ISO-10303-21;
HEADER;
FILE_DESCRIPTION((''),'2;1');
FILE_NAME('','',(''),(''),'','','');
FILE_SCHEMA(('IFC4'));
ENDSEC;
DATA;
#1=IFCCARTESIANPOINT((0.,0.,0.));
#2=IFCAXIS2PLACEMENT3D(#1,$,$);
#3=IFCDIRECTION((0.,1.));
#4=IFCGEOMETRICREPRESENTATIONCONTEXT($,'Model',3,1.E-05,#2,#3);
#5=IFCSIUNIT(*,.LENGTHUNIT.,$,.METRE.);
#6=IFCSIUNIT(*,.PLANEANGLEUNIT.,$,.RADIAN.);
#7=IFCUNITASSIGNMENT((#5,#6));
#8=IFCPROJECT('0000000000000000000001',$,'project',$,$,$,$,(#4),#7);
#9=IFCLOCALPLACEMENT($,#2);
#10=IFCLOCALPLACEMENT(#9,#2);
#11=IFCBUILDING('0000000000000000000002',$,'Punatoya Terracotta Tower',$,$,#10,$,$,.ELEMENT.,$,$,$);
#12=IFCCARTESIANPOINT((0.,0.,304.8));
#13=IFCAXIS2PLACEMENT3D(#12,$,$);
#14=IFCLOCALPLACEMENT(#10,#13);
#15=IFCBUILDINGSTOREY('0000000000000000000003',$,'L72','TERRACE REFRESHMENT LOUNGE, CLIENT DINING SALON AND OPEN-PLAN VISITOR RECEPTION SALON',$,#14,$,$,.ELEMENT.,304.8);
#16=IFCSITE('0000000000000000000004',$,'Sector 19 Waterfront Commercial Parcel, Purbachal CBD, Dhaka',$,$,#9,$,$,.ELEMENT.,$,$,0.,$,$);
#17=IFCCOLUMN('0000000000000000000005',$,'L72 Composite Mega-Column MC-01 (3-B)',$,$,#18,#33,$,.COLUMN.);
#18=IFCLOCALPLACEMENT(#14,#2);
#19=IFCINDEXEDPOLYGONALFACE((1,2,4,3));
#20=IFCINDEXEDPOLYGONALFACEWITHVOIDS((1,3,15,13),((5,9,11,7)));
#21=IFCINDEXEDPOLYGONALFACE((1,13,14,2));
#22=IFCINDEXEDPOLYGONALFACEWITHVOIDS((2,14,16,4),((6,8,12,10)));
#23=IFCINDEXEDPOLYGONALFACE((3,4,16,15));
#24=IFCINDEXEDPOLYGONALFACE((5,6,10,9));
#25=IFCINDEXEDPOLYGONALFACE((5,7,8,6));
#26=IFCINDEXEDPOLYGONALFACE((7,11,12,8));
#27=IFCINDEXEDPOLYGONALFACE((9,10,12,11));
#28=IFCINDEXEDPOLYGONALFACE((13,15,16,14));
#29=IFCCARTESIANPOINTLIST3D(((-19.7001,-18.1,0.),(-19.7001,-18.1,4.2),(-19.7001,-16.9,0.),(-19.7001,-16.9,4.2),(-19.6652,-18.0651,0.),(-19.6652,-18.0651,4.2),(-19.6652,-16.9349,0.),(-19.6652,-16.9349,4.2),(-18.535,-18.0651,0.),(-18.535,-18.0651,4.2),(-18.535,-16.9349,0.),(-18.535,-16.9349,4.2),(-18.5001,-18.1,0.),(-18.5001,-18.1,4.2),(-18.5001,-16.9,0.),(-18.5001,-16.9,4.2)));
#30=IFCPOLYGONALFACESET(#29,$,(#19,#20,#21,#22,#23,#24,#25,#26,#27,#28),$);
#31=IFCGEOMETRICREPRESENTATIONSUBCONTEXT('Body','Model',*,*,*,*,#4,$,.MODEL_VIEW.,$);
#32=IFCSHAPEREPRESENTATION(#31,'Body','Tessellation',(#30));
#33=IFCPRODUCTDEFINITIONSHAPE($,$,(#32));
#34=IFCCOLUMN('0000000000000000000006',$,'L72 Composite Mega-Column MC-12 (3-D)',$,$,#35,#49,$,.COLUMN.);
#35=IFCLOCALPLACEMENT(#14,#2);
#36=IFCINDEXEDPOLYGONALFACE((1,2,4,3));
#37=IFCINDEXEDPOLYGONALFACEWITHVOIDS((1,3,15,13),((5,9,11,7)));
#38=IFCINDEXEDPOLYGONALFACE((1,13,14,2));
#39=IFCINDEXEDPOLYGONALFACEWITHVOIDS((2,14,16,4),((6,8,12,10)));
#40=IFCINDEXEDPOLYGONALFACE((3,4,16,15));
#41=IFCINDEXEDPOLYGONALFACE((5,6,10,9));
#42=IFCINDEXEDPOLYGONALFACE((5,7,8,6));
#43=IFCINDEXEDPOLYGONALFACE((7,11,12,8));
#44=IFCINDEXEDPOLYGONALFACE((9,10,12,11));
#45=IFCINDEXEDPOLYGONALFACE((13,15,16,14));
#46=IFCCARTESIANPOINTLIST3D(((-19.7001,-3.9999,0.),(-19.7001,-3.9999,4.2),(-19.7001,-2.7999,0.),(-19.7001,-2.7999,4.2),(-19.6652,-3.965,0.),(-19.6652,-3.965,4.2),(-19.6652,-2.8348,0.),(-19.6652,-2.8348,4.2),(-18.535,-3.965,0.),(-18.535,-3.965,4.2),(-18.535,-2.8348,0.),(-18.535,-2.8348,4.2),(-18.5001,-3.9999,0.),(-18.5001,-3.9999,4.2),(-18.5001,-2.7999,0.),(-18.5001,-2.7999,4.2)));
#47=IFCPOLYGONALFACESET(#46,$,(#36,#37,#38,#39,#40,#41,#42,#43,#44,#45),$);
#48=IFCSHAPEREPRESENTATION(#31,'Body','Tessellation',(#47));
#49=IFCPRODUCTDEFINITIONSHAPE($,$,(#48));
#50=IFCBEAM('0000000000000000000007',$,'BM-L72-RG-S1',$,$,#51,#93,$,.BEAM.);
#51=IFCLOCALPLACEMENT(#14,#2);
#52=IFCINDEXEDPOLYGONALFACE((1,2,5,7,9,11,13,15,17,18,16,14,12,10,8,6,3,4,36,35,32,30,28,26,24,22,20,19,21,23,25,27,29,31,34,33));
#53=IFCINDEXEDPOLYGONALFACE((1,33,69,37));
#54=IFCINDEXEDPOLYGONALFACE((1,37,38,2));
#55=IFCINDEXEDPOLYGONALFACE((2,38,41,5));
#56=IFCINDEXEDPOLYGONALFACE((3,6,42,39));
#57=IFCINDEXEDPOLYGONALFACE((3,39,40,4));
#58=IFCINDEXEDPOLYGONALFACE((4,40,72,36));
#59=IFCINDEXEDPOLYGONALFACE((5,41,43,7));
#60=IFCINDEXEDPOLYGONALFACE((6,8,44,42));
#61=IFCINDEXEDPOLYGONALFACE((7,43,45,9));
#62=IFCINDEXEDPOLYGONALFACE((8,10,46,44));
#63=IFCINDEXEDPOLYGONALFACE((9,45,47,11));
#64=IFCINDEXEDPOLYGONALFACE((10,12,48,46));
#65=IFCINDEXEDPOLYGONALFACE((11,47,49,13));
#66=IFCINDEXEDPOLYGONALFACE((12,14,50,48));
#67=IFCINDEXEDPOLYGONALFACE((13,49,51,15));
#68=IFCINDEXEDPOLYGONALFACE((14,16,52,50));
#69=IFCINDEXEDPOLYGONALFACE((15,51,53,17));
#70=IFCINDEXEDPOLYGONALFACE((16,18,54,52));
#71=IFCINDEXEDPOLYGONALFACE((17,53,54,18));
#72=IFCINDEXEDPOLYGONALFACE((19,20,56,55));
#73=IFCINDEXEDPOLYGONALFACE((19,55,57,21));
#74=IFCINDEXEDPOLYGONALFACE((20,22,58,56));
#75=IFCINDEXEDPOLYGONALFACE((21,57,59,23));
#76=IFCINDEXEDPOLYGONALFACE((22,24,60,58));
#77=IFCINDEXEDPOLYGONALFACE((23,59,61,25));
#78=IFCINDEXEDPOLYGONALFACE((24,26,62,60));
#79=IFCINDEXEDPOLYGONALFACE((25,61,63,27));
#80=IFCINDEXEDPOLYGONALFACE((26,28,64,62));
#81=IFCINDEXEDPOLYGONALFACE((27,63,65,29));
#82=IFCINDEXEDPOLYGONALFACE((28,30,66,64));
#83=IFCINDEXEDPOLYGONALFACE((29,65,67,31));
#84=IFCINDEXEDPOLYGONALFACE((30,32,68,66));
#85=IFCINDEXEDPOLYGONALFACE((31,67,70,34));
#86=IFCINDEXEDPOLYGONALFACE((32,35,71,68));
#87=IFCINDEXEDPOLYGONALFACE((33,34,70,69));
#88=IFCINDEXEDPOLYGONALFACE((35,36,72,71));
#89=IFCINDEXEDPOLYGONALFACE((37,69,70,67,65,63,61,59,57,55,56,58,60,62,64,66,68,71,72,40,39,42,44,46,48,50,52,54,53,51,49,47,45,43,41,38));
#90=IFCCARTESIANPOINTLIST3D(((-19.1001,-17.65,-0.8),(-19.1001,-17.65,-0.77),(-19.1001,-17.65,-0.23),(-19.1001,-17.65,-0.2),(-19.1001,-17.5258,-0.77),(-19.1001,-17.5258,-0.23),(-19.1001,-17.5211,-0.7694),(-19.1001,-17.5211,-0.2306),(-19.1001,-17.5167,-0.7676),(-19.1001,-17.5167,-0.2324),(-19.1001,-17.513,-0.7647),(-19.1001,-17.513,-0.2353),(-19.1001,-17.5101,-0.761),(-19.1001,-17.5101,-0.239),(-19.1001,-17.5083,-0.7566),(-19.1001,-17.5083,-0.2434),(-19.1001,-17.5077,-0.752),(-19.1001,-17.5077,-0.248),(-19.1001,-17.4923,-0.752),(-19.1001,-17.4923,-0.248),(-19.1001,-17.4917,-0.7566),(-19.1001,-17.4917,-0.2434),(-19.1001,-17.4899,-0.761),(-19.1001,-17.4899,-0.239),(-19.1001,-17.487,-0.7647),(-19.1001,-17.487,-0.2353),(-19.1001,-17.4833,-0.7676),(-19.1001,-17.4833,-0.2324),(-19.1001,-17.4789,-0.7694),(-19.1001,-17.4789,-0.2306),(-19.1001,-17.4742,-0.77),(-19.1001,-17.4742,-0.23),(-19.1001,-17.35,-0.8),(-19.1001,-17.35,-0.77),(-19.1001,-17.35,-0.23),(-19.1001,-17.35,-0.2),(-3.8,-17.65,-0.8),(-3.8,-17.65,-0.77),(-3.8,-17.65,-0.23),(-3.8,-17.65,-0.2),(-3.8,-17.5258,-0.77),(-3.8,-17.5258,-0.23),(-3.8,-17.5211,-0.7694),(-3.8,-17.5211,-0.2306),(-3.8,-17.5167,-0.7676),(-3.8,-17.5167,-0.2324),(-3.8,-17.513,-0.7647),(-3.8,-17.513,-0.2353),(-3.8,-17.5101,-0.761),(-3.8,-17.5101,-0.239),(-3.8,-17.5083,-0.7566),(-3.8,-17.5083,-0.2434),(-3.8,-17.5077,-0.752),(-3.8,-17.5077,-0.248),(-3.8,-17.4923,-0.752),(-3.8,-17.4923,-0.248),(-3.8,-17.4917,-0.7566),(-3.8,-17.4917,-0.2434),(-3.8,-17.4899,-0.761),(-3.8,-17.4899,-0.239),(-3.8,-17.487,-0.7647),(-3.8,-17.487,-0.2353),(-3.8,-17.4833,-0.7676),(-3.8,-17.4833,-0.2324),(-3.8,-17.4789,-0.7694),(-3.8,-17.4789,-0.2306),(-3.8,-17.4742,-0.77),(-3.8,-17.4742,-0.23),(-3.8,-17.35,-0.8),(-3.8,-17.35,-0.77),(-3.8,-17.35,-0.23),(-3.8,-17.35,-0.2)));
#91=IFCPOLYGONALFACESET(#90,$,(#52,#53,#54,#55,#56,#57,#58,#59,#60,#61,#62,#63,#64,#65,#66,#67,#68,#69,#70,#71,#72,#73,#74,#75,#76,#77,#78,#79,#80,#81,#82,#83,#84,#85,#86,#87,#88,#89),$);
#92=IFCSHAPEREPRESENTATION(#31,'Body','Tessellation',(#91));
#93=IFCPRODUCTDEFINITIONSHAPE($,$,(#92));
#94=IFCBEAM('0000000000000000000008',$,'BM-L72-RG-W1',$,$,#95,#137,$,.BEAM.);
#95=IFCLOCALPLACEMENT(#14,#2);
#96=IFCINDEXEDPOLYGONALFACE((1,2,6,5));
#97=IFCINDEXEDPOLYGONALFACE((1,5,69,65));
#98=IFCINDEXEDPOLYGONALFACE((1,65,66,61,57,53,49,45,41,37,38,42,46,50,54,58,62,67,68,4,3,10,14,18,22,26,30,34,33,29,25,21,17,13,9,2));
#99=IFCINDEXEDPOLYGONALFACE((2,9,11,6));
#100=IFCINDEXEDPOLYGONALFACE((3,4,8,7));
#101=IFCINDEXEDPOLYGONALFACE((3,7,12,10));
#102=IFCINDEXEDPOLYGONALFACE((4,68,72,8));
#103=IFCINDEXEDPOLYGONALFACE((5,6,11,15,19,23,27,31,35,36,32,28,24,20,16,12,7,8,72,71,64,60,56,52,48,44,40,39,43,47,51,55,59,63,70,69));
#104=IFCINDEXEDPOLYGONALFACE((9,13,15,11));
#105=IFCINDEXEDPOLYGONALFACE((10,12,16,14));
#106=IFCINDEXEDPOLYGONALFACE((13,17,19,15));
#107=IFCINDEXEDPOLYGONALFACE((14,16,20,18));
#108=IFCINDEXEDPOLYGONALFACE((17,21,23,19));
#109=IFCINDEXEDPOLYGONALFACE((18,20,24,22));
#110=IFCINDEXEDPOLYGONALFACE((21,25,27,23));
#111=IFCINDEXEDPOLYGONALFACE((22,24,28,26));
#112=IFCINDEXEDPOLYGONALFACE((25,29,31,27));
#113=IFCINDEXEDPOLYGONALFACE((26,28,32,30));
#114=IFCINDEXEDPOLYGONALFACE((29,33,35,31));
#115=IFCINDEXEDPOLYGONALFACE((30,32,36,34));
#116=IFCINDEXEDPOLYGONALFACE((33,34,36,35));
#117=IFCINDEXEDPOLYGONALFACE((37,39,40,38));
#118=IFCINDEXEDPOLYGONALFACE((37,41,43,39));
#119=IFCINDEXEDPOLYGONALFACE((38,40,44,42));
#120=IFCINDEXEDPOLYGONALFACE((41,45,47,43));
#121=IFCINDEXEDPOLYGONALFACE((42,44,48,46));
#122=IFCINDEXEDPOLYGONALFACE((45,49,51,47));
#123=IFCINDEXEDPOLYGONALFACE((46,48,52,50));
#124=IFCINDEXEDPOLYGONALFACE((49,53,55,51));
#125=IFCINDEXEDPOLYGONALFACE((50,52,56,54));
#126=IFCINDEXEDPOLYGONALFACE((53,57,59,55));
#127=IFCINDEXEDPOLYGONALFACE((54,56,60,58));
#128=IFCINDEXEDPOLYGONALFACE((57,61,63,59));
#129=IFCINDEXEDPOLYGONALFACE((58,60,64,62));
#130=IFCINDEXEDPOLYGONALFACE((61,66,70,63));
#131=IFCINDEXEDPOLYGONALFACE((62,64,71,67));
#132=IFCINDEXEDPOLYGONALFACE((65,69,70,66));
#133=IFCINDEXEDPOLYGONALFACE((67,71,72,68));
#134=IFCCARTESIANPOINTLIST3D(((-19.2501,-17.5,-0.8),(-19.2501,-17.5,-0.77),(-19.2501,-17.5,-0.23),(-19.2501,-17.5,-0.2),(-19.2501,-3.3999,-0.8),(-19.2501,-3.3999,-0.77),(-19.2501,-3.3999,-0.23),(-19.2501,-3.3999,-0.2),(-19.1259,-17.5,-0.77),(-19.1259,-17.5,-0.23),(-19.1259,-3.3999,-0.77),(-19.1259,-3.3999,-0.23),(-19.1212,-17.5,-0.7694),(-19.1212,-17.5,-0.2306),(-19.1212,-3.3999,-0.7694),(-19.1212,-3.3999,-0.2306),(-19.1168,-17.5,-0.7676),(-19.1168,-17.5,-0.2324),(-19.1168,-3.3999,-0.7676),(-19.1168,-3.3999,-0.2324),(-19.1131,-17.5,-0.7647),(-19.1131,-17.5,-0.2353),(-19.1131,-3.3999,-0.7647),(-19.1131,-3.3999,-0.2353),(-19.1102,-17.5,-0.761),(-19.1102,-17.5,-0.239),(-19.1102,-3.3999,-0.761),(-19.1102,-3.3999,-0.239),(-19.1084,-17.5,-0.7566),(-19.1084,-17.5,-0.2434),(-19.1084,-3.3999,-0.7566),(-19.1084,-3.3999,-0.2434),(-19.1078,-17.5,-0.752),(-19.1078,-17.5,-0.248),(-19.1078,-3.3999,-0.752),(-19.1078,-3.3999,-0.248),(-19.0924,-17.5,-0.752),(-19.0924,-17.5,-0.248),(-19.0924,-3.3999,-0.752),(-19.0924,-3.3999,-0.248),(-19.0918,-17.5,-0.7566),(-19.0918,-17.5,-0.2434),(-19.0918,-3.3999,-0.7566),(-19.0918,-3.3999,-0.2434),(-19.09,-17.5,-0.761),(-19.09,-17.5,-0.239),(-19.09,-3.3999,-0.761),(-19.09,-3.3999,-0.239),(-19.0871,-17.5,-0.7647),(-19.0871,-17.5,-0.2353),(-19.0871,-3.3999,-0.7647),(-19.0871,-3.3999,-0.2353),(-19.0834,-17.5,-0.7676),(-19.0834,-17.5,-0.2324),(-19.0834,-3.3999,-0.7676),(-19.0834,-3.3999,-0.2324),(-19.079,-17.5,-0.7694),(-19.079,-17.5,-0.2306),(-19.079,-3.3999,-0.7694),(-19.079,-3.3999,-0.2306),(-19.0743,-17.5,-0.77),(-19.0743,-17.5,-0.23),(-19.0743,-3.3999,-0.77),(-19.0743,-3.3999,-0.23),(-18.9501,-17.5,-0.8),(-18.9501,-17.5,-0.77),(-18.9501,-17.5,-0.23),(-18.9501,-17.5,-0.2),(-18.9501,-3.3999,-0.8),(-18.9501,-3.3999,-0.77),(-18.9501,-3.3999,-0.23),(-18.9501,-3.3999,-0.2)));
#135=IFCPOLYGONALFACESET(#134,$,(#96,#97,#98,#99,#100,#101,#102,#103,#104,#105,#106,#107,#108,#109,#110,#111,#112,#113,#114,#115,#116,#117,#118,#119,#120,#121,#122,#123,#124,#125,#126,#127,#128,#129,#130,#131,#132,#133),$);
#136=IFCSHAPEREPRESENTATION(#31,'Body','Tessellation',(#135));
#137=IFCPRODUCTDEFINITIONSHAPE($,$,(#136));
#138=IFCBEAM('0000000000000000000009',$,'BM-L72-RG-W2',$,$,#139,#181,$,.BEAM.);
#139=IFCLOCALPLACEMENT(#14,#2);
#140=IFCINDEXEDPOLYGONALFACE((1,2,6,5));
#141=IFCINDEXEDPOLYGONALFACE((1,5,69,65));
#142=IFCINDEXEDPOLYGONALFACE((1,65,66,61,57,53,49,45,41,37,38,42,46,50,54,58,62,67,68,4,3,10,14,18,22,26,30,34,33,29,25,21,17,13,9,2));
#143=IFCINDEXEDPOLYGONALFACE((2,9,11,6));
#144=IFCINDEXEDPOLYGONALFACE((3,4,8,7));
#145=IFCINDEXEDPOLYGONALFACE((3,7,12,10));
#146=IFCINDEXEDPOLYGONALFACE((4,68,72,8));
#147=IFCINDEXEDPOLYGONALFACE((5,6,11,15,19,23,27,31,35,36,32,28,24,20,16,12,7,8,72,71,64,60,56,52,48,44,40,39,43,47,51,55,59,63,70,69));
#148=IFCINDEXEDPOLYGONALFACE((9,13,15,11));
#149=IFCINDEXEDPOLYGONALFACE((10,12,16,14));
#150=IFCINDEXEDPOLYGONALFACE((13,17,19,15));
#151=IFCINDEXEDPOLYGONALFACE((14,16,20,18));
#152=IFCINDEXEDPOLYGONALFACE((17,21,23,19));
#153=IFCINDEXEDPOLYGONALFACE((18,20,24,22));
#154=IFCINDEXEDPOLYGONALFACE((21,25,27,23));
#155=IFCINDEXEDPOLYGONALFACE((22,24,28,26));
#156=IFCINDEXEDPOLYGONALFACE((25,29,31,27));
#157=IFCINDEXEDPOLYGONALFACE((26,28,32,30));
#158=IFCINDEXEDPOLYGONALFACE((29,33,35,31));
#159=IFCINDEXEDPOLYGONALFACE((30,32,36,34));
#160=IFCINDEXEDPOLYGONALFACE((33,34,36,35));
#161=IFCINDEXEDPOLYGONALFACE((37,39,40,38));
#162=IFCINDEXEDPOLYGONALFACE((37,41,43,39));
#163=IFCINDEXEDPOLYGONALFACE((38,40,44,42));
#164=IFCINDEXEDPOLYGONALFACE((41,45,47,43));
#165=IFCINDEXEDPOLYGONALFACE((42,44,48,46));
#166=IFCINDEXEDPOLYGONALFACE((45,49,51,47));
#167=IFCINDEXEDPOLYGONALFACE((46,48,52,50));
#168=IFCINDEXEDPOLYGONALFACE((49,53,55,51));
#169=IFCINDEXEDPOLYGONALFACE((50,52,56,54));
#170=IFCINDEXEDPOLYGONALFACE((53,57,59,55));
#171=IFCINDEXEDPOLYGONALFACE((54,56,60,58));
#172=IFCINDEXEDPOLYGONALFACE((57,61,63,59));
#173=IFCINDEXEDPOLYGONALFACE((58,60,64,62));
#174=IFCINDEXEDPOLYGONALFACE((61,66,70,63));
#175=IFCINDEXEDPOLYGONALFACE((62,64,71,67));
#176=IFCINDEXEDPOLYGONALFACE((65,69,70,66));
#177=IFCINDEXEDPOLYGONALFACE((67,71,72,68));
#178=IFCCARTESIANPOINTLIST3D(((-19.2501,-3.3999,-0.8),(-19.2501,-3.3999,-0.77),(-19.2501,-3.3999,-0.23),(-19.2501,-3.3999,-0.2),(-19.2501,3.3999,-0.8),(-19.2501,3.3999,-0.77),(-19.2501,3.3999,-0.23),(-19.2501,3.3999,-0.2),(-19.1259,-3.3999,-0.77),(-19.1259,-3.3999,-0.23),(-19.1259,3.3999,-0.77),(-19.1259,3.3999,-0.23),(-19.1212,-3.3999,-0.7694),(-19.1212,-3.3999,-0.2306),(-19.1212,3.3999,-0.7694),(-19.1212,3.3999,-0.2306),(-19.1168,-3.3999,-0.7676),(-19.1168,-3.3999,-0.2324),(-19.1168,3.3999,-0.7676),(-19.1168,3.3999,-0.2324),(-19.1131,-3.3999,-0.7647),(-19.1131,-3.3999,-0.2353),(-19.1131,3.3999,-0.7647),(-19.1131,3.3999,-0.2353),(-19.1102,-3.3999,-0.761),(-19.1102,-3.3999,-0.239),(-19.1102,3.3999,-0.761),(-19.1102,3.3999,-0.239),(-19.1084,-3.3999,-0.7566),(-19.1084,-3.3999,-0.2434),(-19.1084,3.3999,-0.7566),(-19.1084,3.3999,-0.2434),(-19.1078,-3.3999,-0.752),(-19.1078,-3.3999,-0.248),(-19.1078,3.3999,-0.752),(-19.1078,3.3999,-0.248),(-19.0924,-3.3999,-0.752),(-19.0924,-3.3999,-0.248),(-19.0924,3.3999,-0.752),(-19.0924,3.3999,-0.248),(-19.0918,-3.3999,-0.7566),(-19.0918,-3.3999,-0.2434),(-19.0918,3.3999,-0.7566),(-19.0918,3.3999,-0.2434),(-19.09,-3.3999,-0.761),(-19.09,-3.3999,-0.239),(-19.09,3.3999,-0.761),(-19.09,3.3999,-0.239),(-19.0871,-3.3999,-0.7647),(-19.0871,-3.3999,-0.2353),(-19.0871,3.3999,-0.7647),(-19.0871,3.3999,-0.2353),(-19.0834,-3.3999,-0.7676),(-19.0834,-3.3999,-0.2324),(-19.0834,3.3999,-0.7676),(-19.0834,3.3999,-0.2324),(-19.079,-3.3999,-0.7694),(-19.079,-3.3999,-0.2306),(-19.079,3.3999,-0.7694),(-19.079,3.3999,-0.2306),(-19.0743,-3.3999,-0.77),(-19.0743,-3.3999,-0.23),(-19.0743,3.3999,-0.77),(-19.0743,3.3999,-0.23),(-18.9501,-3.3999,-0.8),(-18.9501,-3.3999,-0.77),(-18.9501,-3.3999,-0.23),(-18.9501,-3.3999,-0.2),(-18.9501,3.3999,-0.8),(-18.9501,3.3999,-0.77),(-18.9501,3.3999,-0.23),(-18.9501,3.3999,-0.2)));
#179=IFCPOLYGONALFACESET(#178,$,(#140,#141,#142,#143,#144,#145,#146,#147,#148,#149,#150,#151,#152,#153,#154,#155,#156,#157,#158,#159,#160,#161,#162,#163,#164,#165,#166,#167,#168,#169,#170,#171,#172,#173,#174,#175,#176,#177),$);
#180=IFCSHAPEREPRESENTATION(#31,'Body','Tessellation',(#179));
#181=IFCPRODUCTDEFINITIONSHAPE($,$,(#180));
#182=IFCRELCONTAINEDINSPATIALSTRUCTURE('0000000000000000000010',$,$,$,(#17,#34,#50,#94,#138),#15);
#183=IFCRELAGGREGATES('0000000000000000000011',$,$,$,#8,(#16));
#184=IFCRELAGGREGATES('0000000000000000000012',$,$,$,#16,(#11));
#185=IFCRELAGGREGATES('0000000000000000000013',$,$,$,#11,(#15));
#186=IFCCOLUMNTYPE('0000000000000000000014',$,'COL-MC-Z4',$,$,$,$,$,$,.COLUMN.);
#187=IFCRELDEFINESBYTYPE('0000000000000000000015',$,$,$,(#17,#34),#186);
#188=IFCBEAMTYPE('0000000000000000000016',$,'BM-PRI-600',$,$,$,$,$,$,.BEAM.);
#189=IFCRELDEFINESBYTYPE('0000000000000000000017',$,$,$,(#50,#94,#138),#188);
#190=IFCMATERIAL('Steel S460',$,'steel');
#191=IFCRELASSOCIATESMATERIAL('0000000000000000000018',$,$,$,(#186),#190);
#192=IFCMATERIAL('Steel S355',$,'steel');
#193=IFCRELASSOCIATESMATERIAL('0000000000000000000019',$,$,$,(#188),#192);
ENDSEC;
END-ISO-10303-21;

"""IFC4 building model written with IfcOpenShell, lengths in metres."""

from ifc_helpers import new_model, si_unit, direction, frame, origin, origin_2d, place, context, subcontext, project, spatial, hollow_rectangle, i_section, extrude, material, material_profile, profile_set, type_object, element, save


model = new_model("IFC4")

# Units and contexts
model_context = context("Model", 3, precision=1e-05, world=origin(), true_north=direction((0.0, 1.0)))
body_context = subcontext(model_context, "Body", "Model", "MODEL_VIEW")
ifc_project = project(units=[si_unit("LENGTHUNIT", "METRE"), si_unit("PLANEANGLEUNIT", "RADIAN")], contexts=[model_context])

# Site, building, storey
site_placement = place(None, origin())
site = spatial("IfcSite", under=ifc_project, at=site_placement, Name="Sector 19 Waterfront Commercial Parcel, Purbachal CBD, Dhaka", CompositionType="ELEMENT", RefElevation=0.0)
building_placement = place(site_placement, origin())
building = spatial("IfcBuilding", under=site, at=building_placement, Name="Punatoya Terracotta Tower", CompositionType="ELEMENT")
storey_placement = place(building_placement, frame((0.0, 0.0, 304.8)))
storey = spatial("IfcBuildingStorey", under=building, at=storey_placement, Name="L72", Description="TERRACE REFRESHMENT LOUNGE, CLIENT DINING SALON AND OPEN-PLAN VISITOR RECEPTION SALON", CompositionType="ELEMENT", Elevation=304.8)

# Columns
ifc_material_1 = material(Name="Steel S460", Category="steel")
ifc_material_profile_1 = material_profile(ifc_material_1, hollow_rectangle(XDim=1.2, YDim=1.2, WallThickness=0.0349, at=origin_2d()))
ifc_profile_set_1 = profile_set([ifc_material_profile_1], Name="Steel S460")
column_type = type_object("IfcColumnType", Name="COL-MC-Z4", PredefinedType="COLUMN", material=ifc_profile_set_1)
for number, where, z_axis, x_axis, name in (
    (1, (-19.1001, -17.5, 0.0), (0.0, 0.0, 1.0), (1.0, 0.0, 0.0), "L72 Composite Mega-Column MC-01 (3-B)"),
    (2, (-19.1001, -3.3999, 0.0), (0.0, 0.0, 1.0), (1.0, 0.0, 0.0), "L72 Composite Mega-Column MC-12 (3-D)"),
):
    element("IfcColumn", number, at=place(storey_placement, frame(where, z_axis=z_axis, x_axis=x_axis)), inside=storey, type_object=column_type, Name=name, PredefinedType="COLUMN", context=body_context, shape_type="SweptSolid", body=[
        extrude(hollow_rectangle(XDim=1.2, YDim=1.2, WallThickness=0.0349, at=origin_2d()), origin(), (0.0, 0.0, 1.0), 4.2),
    ])

# Beams
ifc_material_2 = material(Name="Steel S355", Category="steel")
ifc_material_profile_2 = material_profile(ifc_material_2, i_section(OverallWidth=0.3, OverallDepth=0.6001, WebThickness=0.0154, FlangeThickness=0.03, FilletRadius=0.0181, at=origin_2d()))
ifc_profile_set_2 = profile_set([ifc_material_profile_2], Name="Steel S355")
beam_type_1 = type_object("IfcBeamType", Name="BM-PRI-600", PredefinedType="BEAM", material=ifc_profile_set_2)
beam_1_placement = place(storey_placement, frame((-19.1001, -17.5, -0.5), z_axis=(1.0, 0.0, 0.0), x_axis=(0.0, 1.0, 0.0)))
element("IfcBeam", 3, at=beam_1_placement, inside=storey, type_object=beam_type_1, Name="BM-L72-RG-S1", PredefinedType="BEAM", context=body_context, shape_type="SweptSolid", body=[
    extrude(i_section(OverallWidth=0.3, OverallDepth=0.6001, WebThickness=0.0154, FlangeThickness=0.03, FilletRadius=0.0181, at=origin_2d()), origin(), (0.0, 0.0, 1.0), 15.3),
])
beam_2_placement = place(storey_placement, frame((-19.1001, -17.5, -0.5), z_axis=(0.0, 1.0, 0.0), x_axis=(-1.0, 0.0, 0.0)))
element("IfcBeam", 4, at=beam_2_placement, inside=storey, type_object=beam_type_1, Name="BM-L72-RG-W1", PredefinedType="BEAM", context=body_context, shape_type="SweptSolid", body=[
    extrude(i_section(OverallWidth=0.3, OverallDepth=0.6001, WebThickness=0.0154, FlangeThickness=0.03, FilletRadius=0.0181, at=origin_2d()), origin(), (0.0, 0.0, 1.0), 14.1001),
])
beam_3_placement = place(storey_placement, frame((-19.1001, -3.3999, -0.5), z_axis=(0.0, 1.0, 0.0), x_axis=(-1.0, 0.0, 0.0)))
element("IfcBeam", 5, at=beam_3_placement, inside=storey, type_object=beam_type_1, Name="BM-L72-RG-W2", PredefinedType="BEAM", context=body_context, shape_type="SweptSolid", body=[
    extrude(i_section(OverallWidth=0.3, OverallDepth=0.6001, WebThickness=0.0154, FlangeThickness=0.03, FilletRadius=0.0181, at=origin_2d()), origin(), (0.0, 0.0, 1.0), 6.7998),
])

save(model, "model.ifc")
